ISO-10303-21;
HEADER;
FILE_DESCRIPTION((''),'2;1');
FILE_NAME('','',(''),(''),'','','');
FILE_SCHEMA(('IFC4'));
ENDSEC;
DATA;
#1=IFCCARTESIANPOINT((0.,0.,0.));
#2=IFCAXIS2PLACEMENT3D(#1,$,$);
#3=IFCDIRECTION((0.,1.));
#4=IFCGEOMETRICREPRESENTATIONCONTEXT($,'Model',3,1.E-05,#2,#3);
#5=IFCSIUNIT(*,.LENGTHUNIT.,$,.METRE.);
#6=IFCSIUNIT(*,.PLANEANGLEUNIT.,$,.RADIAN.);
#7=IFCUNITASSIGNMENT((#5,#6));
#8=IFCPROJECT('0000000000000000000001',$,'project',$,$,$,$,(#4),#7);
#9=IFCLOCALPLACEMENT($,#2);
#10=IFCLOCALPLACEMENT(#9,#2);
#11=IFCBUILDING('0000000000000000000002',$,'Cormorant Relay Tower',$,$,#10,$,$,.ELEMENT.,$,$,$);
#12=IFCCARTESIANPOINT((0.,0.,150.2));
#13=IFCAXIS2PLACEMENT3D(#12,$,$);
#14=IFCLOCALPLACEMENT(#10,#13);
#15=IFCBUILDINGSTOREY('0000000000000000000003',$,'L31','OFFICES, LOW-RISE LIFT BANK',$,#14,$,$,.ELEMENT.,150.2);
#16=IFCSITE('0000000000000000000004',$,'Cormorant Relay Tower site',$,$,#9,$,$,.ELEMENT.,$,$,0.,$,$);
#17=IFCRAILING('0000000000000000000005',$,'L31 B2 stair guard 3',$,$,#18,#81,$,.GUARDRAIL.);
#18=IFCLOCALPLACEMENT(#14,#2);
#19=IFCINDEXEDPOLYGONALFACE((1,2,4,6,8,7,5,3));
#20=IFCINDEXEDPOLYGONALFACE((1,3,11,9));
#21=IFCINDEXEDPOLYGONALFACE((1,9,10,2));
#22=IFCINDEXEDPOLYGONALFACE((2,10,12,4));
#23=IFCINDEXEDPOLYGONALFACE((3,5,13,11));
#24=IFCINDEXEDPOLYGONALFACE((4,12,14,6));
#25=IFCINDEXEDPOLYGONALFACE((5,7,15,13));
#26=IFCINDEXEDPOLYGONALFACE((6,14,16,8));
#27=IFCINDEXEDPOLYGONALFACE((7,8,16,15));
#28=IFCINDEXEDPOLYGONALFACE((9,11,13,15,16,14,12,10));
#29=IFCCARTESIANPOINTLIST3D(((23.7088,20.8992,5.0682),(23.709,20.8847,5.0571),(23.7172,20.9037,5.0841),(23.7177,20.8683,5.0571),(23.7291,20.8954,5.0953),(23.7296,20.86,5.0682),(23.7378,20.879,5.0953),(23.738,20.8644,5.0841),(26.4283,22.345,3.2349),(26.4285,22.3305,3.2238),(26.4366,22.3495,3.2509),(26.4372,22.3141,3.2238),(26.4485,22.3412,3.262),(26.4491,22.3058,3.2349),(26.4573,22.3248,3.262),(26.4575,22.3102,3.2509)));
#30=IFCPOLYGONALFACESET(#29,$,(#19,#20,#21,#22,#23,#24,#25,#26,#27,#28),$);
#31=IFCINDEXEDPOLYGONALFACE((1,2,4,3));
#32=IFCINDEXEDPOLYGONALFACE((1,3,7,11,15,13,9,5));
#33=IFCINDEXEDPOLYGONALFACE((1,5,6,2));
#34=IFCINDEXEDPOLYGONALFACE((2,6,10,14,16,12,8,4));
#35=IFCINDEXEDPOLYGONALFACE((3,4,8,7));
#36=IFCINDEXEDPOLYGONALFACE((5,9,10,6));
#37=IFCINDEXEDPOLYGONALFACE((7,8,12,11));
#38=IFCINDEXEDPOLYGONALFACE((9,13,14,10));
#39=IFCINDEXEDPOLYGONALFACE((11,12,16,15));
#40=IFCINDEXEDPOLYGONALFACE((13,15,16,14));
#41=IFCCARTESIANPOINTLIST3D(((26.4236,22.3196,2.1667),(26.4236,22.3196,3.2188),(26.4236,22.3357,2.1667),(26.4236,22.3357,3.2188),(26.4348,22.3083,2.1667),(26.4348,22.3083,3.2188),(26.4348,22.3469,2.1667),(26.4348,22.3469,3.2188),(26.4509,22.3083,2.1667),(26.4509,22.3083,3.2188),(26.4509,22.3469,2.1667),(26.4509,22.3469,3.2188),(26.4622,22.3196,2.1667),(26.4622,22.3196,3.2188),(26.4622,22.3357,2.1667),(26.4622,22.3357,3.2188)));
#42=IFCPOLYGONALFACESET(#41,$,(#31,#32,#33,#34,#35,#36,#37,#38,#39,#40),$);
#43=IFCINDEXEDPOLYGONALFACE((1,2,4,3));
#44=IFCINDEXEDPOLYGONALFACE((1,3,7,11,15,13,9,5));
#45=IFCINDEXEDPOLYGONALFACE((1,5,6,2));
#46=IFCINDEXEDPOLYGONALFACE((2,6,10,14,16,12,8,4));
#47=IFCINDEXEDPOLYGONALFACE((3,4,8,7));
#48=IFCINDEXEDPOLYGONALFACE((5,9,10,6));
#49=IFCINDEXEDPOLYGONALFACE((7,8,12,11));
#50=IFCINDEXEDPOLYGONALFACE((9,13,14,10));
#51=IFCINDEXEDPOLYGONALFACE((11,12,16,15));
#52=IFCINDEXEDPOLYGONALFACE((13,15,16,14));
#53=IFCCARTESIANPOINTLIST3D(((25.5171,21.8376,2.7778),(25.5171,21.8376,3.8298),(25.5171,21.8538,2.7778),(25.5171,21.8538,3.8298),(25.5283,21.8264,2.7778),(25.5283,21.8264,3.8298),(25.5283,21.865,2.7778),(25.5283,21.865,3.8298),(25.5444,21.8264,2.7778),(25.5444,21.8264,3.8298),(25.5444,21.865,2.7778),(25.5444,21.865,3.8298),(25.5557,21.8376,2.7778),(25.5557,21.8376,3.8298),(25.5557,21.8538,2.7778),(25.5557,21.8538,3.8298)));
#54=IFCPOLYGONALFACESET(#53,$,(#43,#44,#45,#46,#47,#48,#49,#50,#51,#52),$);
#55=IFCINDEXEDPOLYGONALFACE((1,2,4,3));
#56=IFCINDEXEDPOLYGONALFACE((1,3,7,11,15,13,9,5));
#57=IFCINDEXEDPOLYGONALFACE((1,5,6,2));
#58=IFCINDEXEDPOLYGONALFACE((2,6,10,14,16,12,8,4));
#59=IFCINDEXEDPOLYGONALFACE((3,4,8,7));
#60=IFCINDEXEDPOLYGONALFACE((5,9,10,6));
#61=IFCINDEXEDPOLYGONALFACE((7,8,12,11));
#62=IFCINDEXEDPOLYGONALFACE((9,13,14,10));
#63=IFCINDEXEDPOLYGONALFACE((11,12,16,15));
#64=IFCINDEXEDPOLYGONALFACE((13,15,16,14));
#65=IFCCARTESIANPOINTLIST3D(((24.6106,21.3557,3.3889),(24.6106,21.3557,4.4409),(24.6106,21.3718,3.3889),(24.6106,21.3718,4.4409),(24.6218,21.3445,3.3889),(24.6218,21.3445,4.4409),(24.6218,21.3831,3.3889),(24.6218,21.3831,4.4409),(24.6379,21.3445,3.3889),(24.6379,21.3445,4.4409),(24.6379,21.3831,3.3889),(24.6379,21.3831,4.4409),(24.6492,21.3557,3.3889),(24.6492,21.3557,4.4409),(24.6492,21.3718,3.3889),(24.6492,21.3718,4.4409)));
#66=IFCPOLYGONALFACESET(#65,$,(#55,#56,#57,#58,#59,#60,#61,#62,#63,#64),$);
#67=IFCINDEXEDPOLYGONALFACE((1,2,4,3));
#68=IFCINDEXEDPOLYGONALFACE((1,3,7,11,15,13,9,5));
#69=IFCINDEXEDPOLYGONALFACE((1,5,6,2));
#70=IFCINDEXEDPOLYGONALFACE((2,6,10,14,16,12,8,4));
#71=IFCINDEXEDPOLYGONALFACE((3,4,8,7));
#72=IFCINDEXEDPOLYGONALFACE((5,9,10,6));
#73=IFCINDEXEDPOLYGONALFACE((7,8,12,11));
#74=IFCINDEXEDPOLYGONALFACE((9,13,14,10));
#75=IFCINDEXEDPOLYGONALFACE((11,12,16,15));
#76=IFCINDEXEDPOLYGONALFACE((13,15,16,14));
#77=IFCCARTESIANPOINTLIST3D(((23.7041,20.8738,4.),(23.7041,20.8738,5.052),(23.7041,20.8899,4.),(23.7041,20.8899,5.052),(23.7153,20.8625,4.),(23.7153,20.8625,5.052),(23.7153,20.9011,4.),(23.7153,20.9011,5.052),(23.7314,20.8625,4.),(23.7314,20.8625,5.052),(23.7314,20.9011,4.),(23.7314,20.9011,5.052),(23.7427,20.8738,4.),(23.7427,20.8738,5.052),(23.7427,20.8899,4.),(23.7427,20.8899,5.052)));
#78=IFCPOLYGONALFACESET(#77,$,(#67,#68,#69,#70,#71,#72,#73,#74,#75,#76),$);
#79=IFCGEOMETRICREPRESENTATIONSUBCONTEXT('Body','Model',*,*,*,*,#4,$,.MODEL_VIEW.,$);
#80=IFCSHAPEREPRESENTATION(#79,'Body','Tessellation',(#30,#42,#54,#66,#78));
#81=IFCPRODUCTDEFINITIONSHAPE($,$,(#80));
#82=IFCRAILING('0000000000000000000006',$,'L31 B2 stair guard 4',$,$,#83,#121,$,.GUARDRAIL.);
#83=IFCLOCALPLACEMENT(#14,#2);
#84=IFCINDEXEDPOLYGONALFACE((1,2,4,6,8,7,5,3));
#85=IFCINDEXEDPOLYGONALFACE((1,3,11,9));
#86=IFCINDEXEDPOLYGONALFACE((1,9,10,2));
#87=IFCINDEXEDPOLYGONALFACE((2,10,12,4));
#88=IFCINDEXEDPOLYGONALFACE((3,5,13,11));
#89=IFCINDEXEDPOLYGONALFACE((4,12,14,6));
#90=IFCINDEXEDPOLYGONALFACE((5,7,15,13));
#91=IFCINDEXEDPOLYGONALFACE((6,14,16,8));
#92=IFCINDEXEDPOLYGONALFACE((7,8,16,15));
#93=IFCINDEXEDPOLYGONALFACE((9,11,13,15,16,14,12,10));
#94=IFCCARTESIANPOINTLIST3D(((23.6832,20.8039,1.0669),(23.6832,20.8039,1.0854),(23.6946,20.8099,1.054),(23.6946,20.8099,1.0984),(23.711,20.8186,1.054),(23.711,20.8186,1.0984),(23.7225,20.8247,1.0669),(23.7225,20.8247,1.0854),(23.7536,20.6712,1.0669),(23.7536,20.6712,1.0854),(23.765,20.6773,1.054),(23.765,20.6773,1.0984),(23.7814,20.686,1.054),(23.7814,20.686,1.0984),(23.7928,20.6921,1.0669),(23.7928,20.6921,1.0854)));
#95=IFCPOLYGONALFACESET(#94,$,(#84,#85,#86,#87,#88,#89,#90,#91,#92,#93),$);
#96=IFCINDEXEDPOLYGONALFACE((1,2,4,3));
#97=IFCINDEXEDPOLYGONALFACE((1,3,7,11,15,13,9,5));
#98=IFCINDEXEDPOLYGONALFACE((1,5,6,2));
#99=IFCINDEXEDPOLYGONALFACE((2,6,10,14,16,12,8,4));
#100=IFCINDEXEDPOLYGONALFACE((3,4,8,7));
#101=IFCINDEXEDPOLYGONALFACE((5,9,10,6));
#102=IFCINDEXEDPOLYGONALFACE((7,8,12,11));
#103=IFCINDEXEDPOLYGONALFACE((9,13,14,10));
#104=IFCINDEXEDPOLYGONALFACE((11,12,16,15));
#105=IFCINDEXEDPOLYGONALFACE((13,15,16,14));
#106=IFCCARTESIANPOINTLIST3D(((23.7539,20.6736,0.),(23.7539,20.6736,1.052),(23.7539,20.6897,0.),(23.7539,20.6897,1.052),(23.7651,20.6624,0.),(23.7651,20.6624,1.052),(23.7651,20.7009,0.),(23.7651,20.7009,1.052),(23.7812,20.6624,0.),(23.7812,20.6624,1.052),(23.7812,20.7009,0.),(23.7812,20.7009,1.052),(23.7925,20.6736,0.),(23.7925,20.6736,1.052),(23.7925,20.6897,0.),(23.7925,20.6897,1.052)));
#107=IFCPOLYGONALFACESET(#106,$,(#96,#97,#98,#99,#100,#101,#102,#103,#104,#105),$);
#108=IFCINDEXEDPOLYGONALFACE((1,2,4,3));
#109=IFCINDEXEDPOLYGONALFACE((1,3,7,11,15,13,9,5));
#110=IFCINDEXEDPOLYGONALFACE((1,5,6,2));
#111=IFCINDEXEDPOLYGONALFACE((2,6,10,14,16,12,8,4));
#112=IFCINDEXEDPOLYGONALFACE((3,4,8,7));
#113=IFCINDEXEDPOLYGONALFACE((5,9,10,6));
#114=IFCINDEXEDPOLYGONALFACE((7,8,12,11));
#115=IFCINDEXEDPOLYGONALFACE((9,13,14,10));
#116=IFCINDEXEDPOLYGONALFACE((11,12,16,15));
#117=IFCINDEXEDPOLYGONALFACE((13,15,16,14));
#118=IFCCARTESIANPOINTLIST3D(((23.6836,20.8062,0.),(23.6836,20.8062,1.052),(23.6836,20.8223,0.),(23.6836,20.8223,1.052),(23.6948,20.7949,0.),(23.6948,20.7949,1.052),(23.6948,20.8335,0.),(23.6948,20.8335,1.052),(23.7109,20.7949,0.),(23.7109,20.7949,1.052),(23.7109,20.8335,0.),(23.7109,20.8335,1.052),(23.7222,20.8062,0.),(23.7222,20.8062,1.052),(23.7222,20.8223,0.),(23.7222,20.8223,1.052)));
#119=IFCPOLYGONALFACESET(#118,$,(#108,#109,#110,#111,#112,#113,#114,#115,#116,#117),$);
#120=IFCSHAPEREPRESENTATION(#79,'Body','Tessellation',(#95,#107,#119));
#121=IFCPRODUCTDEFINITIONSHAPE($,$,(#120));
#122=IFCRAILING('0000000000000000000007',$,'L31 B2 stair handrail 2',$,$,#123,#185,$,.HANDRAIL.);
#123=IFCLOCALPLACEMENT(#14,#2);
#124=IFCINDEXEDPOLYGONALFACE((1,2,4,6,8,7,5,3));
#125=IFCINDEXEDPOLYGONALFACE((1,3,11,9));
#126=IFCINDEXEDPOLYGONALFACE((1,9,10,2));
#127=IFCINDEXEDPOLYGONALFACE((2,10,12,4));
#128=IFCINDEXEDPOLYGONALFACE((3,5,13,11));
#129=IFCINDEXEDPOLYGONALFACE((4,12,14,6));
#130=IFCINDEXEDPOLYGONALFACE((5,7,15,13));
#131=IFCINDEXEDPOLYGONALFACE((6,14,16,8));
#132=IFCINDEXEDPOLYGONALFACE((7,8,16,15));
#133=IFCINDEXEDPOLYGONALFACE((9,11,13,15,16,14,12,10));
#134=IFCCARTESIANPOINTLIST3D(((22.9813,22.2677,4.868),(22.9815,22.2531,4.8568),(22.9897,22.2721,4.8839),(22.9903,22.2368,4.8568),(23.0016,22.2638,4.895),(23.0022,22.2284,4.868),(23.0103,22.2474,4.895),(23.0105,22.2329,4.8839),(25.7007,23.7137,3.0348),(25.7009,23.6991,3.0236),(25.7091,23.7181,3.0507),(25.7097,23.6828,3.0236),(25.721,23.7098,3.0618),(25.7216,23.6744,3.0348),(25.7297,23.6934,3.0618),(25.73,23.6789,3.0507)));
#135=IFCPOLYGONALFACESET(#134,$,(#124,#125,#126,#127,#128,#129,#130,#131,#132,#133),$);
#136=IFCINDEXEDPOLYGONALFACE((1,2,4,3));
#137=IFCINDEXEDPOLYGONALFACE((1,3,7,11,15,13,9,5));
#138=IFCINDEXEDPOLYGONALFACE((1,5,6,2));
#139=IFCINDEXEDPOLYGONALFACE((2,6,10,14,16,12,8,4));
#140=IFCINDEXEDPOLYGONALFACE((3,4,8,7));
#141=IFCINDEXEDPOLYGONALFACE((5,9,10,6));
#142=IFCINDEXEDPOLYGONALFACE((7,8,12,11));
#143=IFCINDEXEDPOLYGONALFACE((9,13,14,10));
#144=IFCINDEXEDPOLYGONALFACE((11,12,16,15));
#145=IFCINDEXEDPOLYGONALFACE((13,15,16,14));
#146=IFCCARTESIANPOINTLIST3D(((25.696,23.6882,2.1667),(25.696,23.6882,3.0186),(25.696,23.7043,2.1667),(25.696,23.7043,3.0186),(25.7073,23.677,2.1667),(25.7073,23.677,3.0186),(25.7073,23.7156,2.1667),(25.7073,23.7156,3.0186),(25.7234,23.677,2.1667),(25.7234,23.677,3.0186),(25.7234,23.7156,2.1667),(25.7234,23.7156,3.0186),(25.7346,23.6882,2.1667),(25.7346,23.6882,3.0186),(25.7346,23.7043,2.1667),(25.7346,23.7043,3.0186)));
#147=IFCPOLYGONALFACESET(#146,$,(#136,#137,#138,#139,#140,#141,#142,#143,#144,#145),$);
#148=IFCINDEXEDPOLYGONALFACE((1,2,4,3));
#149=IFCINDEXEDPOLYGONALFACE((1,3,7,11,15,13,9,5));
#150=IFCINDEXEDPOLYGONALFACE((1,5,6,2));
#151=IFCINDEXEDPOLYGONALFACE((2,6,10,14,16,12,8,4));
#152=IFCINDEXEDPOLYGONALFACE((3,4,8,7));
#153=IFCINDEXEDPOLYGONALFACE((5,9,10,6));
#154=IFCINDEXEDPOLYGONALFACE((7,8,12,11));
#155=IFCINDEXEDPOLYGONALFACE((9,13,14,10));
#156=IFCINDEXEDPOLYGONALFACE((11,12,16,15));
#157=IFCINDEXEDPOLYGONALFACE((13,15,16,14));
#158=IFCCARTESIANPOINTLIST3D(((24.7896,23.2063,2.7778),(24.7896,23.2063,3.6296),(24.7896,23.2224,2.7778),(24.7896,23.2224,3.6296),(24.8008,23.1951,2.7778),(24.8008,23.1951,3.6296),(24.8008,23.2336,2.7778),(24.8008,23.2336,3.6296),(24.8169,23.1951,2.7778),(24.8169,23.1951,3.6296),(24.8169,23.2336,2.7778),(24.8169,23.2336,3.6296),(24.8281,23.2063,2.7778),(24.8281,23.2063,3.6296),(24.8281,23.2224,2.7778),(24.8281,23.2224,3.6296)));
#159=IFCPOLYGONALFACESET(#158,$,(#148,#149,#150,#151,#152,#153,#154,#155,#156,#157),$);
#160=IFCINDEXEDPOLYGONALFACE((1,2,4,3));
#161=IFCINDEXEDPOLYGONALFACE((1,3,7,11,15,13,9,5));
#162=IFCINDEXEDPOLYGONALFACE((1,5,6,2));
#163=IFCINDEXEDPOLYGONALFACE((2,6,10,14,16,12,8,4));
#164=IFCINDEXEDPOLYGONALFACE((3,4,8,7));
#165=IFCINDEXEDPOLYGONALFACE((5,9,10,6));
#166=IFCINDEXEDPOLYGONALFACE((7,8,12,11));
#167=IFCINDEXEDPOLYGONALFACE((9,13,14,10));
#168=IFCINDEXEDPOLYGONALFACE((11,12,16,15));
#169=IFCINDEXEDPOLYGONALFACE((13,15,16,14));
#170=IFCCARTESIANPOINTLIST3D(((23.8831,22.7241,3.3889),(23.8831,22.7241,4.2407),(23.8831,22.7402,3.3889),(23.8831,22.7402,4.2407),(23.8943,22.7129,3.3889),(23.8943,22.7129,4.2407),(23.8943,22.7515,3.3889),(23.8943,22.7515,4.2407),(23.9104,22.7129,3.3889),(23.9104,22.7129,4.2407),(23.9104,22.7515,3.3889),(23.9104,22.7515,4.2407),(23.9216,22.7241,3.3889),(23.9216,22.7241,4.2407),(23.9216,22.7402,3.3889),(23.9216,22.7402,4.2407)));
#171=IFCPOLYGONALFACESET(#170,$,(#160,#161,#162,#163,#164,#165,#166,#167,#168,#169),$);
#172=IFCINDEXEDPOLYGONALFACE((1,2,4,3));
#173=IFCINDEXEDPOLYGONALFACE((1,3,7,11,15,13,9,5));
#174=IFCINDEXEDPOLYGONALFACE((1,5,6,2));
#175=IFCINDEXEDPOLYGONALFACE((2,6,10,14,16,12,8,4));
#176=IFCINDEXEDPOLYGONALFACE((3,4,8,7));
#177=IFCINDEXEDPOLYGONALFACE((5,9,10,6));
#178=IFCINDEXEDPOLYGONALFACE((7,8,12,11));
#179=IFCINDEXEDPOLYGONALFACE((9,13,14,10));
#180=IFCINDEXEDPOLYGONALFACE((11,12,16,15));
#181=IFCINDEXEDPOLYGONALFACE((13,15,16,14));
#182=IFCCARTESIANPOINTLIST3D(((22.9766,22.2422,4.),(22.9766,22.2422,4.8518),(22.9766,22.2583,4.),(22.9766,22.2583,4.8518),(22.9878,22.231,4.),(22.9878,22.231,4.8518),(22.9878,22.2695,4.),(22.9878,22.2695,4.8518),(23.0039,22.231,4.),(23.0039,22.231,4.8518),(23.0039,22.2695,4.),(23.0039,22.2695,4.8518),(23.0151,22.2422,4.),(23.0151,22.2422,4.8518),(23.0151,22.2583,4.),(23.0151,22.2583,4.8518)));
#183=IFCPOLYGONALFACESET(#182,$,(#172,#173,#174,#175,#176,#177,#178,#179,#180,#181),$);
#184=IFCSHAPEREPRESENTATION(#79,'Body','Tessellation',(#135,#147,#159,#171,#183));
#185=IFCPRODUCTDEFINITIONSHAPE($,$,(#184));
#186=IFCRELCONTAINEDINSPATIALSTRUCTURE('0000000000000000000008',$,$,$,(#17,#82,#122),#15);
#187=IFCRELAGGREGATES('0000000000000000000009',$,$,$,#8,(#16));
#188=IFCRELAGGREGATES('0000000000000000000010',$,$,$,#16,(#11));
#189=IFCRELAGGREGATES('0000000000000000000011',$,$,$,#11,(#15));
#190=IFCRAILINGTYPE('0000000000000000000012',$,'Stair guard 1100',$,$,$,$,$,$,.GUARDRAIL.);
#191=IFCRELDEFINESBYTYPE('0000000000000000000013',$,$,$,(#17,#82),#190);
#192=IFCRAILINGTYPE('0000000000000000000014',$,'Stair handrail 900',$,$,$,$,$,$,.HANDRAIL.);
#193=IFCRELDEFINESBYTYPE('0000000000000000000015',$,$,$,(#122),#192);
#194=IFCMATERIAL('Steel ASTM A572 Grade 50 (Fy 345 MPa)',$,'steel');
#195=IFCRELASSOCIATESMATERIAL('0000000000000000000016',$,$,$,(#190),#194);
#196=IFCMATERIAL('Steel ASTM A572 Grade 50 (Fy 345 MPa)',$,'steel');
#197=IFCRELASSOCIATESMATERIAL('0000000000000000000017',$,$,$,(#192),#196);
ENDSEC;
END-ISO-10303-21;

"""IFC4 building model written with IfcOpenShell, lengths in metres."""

from ifc_helpers import new_model, si_unit, direction, frame, origin, place, context, subcontext, project, spatial, polyline, outline, extrude, material, type_object, element, save


model = new_model("IFC4")

# Units and contexts
model_context = context("Model", 3, precision=1e-05, world=origin(), true_north=direction((0.0, 1.0)))
body_context = subcontext(model_context, "Body", "Model", "MODEL_VIEW")
ifc_project = project(units=[si_unit("LENGTHUNIT", "METRE"), si_unit("PLANEANGLEUNIT", "RADIAN")], contexts=[model_context])

# Site, building, storey
site_placement = place(None, origin())
site = spatial("IfcSite", under=ifc_project, at=site_placement, Name="Cormorant Relay Tower site", CompositionType="ELEMENT", RefElevation=0.0)
building_placement = place(site_placement, origin())
building = spatial("IfcBuilding", under=site, at=building_placement, Name="Cormorant Relay Tower", CompositionType="ELEMENT")
storey_placement = place(building_placement, frame((0.0, 0.0, 150.2)))
storey = spatial("IfcBuildingStorey", under=building, at=storey_placement, Name="L31", Description="OFFICES, LOW-RISE LIFT BANK", CompositionType="ELEMENT", Elevation=150.2)

# Railings
ifc_material_1 = material(Name="Steel ASTM A572 Grade 50 (Fy 345 MPa)", Category="steel")
railing_type_1 = type_object("IfcRailingType", Name="Stair guard 1100", PredefinedType="GUARDRAIL", material=ifc_material_1)
railing_1_placement = place(storey_placement, frame((26.4429, 22.3276, 2.1667)))
element("IfcRailing", 1, at=railing_1_placement, inside=storey, type_object=railing_type_1, Name="L31 B2 stair guard 3", PredefinedType="GUARDRAIL", context=body_context, shape_type="SweptSolid", body=[
    extrude(outline(polyline([(0.0222, 0.0093), (0.0093, 0.0222), (-0.0093, 0.0222), (-0.0222, 0.0093), (-0.0222, -0.0093), (-0.0093, -0.0222), (0.0093, -0.0222), (0.0222, -0.0093), (0.0222, 0.0093)])), frame((0.0, 0.0, 1.0762), z_axis=(-0.758735, -0.403378, 0.511477), x_axis=(0.469428, -0.882971, 0.0)), (0.0, 0.0, 1.0), 3.5842),
    extrude(outline(polyline([(0.0193, 0.0081), (0.0081, 0.0193), (-0.0081, 0.0193), (-0.0193, 0.0081), (-0.0193, -0.0081), (-0.0081, -0.0193), (0.0081, -0.0193), (0.0193, -0.0081), (0.0193, 0.0081)])), origin(), (0.0, 0.0, 1.0), 1.052),
    extrude(outline(polyline([(0.0193, 0.0081), (0.0081, 0.0193), (-0.0081, 0.0193), (-0.0193, 0.0081), (-0.0193, -0.0081), (-0.0081, -0.0193), (0.0081, -0.0193), (0.0193, -0.0081), (0.0193, 0.0081)])), frame((-0.9065, -0.4819, 0.6111)), (0.0, 0.0, 1.0), 1.052),
    extrude(outline(polyline([(0.0193, 0.0081), (0.0081, 0.0193), (-0.0081, 0.0193), (-0.0193, 0.0081), (-0.0193, -0.0081), (-0.0081, -0.0193), (0.0081, -0.0193), (0.0193, -0.0081), (0.0193, 0.0081)])), frame((-1.813, -0.9639, 1.2222)), (0.0, 0.0, 1.0), 1.052),
    extrude(outline(polyline([(0.0193, 0.0081), (0.0081, 0.0193), (-0.0081, 0.0193), (-0.0193, 0.0081), (-0.0193, -0.0081), (-0.0081, -0.0193), (0.0081, -0.0193), (0.0193, -0.0081), (0.0193, 0.0081)])), frame((-2.7195, -1.4458, 1.8333)), (0.0, 0.0, 1.0), 1.052),
])
railing_2_placement = place(storey_placement, frame((23.7732, 20.6816, 0.0)))
element("IfcRailing", 2, at=railing_2_placement, inside=storey, type_object=railing_type_1, Name="L31 B2 stair guard 4", PredefinedType="GUARDRAIL", context=body_context, shape_type="SweptSolid", body=[
    extrude(outline(polyline([(0.0222, 0.0093), (0.0093, 0.0222), (-0.0093, 0.0222), (-0.0222, 0.0093), (-0.0222, -0.0093), (-0.0093, -0.0222), (0.0093, -0.0222), (0.0222, -0.0093), (0.0222, 0.0093)])), frame((0.0, 0.0, 1.0762), z_axis=(-0.46856, 0.883431, 0.0), x_axis=(-0.883431, -0.46856, 0.0)), (0.0, 0.0, 1.0), 0.1501),
    extrude(outline(polyline([(0.0193, 0.0081), (0.0081, 0.0193), (-0.0081, 0.0193), (-0.0193, 0.0081), (-0.0193, -0.0081), (-0.0081, -0.0193), (0.0081, -0.0193), (0.0193, -0.0081), (0.0193, 0.0081)])), origin(), (0.0, 0.0, 1.0), 1.052),
    extrude(outline(polyline([(0.0193, 0.0081), (0.0081, 0.0193), (-0.0081, 0.0193), (-0.0193, 0.0081), (-0.0193, -0.0081), (-0.0081, -0.0193), (0.0081, -0.0193), (0.0193, -0.0081), (0.0193, 0.0081)])), frame((-0.0703, 0.1326, 0.0)), (0.0, 0.0, 1.0), 1.052),
])
ifc_material_2 = material(Name="Steel ASTM A572 Grade 50 (Fy 345 MPa)", Category="steel")
railing_type_2 = type_object("IfcRailingType", Name="Stair handrail 900", PredefinedType="HANDRAIL", material=ifc_material_2)
railing_3_placement = place(storey_placement, frame((25.7153, 23.6963, 2.1667)))
element("IfcRailing", 3, at=railing_3_placement, inside=storey, type_object=railing_type_2, Name="L31 B2 stair handrail 2", PredefinedType="HANDRAIL", context=body_context, shape_type="SweptSolid", body=[
    extrude(outline(polyline([(0.0222, 0.0093), (0.0093, 0.0222), (-0.0093, 0.0222), (-0.0222, 0.0093), (-0.0222, -0.0093), (-0.0093, -0.0222), (0.0093, -0.0222), (0.0222, -0.0093), (0.0222, 0.0093)])), frame((0.0, 0.0, 0.876), z_axis=(-0.758714, -0.403435, 0.511463), x_axis=(0.469489, -0.882938, 0.0)), (0.0, 0.0, 1.0), 3.5842),
    extrude(outline(polyline([(0.0193, 0.0081), (0.0081, 0.0193), (-0.0081, 0.0193), (-0.0193, 0.0081), (-0.0193, -0.0081), (-0.0081, -0.0193), (0.0081, -0.0193), (0.0193, -0.0081), (0.0193, 0.0081)])), origin(), (0.0, 0.0, 1.0), 0.8518),
    extrude(outline(polyline([(0.0193, 0.0081), (0.0081, 0.0193), (-0.0081, 0.0193), (-0.0193, 0.0081), (-0.0193, -0.0081), (-0.0081, -0.0193), (0.0081, -0.0193), (0.0193, -0.0081), (0.0193, 0.0081)])), frame((-0.9065, -0.4819, 0.6111)), (0.0, 0.0, 1.0), 0.8518),
    extrude(outline(polyline([(0.0193, 0.0081), (0.0081, 0.0193), (-0.0081, 0.0193), (-0.0193, 0.0081), (-0.0193, -0.0081), (-0.0081, -0.0193), (0.0081, -0.0193), (0.0193, -0.0081), (0.0193, 0.0081)])), frame((-1.813, -0.9641, 1.2222)), (0.0, 0.0, 1.0), 0.8518),
    extrude(outline(polyline([(0.0193, 0.0081), (0.0081, 0.0193), (-0.0081, 0.0193), (-0.0193, 0.0081), (-0.0193, -0.0081), (-0.0081, -0.0193), (0.0081, -0.0193), (0.0193, -0.0081), (0.0193, 0.0081)])), frame((-2.7195, -1.446, 1.8333)), (0.0, 0.0, 1.0), 0.8518),
])

save(model, "model.ifc")
